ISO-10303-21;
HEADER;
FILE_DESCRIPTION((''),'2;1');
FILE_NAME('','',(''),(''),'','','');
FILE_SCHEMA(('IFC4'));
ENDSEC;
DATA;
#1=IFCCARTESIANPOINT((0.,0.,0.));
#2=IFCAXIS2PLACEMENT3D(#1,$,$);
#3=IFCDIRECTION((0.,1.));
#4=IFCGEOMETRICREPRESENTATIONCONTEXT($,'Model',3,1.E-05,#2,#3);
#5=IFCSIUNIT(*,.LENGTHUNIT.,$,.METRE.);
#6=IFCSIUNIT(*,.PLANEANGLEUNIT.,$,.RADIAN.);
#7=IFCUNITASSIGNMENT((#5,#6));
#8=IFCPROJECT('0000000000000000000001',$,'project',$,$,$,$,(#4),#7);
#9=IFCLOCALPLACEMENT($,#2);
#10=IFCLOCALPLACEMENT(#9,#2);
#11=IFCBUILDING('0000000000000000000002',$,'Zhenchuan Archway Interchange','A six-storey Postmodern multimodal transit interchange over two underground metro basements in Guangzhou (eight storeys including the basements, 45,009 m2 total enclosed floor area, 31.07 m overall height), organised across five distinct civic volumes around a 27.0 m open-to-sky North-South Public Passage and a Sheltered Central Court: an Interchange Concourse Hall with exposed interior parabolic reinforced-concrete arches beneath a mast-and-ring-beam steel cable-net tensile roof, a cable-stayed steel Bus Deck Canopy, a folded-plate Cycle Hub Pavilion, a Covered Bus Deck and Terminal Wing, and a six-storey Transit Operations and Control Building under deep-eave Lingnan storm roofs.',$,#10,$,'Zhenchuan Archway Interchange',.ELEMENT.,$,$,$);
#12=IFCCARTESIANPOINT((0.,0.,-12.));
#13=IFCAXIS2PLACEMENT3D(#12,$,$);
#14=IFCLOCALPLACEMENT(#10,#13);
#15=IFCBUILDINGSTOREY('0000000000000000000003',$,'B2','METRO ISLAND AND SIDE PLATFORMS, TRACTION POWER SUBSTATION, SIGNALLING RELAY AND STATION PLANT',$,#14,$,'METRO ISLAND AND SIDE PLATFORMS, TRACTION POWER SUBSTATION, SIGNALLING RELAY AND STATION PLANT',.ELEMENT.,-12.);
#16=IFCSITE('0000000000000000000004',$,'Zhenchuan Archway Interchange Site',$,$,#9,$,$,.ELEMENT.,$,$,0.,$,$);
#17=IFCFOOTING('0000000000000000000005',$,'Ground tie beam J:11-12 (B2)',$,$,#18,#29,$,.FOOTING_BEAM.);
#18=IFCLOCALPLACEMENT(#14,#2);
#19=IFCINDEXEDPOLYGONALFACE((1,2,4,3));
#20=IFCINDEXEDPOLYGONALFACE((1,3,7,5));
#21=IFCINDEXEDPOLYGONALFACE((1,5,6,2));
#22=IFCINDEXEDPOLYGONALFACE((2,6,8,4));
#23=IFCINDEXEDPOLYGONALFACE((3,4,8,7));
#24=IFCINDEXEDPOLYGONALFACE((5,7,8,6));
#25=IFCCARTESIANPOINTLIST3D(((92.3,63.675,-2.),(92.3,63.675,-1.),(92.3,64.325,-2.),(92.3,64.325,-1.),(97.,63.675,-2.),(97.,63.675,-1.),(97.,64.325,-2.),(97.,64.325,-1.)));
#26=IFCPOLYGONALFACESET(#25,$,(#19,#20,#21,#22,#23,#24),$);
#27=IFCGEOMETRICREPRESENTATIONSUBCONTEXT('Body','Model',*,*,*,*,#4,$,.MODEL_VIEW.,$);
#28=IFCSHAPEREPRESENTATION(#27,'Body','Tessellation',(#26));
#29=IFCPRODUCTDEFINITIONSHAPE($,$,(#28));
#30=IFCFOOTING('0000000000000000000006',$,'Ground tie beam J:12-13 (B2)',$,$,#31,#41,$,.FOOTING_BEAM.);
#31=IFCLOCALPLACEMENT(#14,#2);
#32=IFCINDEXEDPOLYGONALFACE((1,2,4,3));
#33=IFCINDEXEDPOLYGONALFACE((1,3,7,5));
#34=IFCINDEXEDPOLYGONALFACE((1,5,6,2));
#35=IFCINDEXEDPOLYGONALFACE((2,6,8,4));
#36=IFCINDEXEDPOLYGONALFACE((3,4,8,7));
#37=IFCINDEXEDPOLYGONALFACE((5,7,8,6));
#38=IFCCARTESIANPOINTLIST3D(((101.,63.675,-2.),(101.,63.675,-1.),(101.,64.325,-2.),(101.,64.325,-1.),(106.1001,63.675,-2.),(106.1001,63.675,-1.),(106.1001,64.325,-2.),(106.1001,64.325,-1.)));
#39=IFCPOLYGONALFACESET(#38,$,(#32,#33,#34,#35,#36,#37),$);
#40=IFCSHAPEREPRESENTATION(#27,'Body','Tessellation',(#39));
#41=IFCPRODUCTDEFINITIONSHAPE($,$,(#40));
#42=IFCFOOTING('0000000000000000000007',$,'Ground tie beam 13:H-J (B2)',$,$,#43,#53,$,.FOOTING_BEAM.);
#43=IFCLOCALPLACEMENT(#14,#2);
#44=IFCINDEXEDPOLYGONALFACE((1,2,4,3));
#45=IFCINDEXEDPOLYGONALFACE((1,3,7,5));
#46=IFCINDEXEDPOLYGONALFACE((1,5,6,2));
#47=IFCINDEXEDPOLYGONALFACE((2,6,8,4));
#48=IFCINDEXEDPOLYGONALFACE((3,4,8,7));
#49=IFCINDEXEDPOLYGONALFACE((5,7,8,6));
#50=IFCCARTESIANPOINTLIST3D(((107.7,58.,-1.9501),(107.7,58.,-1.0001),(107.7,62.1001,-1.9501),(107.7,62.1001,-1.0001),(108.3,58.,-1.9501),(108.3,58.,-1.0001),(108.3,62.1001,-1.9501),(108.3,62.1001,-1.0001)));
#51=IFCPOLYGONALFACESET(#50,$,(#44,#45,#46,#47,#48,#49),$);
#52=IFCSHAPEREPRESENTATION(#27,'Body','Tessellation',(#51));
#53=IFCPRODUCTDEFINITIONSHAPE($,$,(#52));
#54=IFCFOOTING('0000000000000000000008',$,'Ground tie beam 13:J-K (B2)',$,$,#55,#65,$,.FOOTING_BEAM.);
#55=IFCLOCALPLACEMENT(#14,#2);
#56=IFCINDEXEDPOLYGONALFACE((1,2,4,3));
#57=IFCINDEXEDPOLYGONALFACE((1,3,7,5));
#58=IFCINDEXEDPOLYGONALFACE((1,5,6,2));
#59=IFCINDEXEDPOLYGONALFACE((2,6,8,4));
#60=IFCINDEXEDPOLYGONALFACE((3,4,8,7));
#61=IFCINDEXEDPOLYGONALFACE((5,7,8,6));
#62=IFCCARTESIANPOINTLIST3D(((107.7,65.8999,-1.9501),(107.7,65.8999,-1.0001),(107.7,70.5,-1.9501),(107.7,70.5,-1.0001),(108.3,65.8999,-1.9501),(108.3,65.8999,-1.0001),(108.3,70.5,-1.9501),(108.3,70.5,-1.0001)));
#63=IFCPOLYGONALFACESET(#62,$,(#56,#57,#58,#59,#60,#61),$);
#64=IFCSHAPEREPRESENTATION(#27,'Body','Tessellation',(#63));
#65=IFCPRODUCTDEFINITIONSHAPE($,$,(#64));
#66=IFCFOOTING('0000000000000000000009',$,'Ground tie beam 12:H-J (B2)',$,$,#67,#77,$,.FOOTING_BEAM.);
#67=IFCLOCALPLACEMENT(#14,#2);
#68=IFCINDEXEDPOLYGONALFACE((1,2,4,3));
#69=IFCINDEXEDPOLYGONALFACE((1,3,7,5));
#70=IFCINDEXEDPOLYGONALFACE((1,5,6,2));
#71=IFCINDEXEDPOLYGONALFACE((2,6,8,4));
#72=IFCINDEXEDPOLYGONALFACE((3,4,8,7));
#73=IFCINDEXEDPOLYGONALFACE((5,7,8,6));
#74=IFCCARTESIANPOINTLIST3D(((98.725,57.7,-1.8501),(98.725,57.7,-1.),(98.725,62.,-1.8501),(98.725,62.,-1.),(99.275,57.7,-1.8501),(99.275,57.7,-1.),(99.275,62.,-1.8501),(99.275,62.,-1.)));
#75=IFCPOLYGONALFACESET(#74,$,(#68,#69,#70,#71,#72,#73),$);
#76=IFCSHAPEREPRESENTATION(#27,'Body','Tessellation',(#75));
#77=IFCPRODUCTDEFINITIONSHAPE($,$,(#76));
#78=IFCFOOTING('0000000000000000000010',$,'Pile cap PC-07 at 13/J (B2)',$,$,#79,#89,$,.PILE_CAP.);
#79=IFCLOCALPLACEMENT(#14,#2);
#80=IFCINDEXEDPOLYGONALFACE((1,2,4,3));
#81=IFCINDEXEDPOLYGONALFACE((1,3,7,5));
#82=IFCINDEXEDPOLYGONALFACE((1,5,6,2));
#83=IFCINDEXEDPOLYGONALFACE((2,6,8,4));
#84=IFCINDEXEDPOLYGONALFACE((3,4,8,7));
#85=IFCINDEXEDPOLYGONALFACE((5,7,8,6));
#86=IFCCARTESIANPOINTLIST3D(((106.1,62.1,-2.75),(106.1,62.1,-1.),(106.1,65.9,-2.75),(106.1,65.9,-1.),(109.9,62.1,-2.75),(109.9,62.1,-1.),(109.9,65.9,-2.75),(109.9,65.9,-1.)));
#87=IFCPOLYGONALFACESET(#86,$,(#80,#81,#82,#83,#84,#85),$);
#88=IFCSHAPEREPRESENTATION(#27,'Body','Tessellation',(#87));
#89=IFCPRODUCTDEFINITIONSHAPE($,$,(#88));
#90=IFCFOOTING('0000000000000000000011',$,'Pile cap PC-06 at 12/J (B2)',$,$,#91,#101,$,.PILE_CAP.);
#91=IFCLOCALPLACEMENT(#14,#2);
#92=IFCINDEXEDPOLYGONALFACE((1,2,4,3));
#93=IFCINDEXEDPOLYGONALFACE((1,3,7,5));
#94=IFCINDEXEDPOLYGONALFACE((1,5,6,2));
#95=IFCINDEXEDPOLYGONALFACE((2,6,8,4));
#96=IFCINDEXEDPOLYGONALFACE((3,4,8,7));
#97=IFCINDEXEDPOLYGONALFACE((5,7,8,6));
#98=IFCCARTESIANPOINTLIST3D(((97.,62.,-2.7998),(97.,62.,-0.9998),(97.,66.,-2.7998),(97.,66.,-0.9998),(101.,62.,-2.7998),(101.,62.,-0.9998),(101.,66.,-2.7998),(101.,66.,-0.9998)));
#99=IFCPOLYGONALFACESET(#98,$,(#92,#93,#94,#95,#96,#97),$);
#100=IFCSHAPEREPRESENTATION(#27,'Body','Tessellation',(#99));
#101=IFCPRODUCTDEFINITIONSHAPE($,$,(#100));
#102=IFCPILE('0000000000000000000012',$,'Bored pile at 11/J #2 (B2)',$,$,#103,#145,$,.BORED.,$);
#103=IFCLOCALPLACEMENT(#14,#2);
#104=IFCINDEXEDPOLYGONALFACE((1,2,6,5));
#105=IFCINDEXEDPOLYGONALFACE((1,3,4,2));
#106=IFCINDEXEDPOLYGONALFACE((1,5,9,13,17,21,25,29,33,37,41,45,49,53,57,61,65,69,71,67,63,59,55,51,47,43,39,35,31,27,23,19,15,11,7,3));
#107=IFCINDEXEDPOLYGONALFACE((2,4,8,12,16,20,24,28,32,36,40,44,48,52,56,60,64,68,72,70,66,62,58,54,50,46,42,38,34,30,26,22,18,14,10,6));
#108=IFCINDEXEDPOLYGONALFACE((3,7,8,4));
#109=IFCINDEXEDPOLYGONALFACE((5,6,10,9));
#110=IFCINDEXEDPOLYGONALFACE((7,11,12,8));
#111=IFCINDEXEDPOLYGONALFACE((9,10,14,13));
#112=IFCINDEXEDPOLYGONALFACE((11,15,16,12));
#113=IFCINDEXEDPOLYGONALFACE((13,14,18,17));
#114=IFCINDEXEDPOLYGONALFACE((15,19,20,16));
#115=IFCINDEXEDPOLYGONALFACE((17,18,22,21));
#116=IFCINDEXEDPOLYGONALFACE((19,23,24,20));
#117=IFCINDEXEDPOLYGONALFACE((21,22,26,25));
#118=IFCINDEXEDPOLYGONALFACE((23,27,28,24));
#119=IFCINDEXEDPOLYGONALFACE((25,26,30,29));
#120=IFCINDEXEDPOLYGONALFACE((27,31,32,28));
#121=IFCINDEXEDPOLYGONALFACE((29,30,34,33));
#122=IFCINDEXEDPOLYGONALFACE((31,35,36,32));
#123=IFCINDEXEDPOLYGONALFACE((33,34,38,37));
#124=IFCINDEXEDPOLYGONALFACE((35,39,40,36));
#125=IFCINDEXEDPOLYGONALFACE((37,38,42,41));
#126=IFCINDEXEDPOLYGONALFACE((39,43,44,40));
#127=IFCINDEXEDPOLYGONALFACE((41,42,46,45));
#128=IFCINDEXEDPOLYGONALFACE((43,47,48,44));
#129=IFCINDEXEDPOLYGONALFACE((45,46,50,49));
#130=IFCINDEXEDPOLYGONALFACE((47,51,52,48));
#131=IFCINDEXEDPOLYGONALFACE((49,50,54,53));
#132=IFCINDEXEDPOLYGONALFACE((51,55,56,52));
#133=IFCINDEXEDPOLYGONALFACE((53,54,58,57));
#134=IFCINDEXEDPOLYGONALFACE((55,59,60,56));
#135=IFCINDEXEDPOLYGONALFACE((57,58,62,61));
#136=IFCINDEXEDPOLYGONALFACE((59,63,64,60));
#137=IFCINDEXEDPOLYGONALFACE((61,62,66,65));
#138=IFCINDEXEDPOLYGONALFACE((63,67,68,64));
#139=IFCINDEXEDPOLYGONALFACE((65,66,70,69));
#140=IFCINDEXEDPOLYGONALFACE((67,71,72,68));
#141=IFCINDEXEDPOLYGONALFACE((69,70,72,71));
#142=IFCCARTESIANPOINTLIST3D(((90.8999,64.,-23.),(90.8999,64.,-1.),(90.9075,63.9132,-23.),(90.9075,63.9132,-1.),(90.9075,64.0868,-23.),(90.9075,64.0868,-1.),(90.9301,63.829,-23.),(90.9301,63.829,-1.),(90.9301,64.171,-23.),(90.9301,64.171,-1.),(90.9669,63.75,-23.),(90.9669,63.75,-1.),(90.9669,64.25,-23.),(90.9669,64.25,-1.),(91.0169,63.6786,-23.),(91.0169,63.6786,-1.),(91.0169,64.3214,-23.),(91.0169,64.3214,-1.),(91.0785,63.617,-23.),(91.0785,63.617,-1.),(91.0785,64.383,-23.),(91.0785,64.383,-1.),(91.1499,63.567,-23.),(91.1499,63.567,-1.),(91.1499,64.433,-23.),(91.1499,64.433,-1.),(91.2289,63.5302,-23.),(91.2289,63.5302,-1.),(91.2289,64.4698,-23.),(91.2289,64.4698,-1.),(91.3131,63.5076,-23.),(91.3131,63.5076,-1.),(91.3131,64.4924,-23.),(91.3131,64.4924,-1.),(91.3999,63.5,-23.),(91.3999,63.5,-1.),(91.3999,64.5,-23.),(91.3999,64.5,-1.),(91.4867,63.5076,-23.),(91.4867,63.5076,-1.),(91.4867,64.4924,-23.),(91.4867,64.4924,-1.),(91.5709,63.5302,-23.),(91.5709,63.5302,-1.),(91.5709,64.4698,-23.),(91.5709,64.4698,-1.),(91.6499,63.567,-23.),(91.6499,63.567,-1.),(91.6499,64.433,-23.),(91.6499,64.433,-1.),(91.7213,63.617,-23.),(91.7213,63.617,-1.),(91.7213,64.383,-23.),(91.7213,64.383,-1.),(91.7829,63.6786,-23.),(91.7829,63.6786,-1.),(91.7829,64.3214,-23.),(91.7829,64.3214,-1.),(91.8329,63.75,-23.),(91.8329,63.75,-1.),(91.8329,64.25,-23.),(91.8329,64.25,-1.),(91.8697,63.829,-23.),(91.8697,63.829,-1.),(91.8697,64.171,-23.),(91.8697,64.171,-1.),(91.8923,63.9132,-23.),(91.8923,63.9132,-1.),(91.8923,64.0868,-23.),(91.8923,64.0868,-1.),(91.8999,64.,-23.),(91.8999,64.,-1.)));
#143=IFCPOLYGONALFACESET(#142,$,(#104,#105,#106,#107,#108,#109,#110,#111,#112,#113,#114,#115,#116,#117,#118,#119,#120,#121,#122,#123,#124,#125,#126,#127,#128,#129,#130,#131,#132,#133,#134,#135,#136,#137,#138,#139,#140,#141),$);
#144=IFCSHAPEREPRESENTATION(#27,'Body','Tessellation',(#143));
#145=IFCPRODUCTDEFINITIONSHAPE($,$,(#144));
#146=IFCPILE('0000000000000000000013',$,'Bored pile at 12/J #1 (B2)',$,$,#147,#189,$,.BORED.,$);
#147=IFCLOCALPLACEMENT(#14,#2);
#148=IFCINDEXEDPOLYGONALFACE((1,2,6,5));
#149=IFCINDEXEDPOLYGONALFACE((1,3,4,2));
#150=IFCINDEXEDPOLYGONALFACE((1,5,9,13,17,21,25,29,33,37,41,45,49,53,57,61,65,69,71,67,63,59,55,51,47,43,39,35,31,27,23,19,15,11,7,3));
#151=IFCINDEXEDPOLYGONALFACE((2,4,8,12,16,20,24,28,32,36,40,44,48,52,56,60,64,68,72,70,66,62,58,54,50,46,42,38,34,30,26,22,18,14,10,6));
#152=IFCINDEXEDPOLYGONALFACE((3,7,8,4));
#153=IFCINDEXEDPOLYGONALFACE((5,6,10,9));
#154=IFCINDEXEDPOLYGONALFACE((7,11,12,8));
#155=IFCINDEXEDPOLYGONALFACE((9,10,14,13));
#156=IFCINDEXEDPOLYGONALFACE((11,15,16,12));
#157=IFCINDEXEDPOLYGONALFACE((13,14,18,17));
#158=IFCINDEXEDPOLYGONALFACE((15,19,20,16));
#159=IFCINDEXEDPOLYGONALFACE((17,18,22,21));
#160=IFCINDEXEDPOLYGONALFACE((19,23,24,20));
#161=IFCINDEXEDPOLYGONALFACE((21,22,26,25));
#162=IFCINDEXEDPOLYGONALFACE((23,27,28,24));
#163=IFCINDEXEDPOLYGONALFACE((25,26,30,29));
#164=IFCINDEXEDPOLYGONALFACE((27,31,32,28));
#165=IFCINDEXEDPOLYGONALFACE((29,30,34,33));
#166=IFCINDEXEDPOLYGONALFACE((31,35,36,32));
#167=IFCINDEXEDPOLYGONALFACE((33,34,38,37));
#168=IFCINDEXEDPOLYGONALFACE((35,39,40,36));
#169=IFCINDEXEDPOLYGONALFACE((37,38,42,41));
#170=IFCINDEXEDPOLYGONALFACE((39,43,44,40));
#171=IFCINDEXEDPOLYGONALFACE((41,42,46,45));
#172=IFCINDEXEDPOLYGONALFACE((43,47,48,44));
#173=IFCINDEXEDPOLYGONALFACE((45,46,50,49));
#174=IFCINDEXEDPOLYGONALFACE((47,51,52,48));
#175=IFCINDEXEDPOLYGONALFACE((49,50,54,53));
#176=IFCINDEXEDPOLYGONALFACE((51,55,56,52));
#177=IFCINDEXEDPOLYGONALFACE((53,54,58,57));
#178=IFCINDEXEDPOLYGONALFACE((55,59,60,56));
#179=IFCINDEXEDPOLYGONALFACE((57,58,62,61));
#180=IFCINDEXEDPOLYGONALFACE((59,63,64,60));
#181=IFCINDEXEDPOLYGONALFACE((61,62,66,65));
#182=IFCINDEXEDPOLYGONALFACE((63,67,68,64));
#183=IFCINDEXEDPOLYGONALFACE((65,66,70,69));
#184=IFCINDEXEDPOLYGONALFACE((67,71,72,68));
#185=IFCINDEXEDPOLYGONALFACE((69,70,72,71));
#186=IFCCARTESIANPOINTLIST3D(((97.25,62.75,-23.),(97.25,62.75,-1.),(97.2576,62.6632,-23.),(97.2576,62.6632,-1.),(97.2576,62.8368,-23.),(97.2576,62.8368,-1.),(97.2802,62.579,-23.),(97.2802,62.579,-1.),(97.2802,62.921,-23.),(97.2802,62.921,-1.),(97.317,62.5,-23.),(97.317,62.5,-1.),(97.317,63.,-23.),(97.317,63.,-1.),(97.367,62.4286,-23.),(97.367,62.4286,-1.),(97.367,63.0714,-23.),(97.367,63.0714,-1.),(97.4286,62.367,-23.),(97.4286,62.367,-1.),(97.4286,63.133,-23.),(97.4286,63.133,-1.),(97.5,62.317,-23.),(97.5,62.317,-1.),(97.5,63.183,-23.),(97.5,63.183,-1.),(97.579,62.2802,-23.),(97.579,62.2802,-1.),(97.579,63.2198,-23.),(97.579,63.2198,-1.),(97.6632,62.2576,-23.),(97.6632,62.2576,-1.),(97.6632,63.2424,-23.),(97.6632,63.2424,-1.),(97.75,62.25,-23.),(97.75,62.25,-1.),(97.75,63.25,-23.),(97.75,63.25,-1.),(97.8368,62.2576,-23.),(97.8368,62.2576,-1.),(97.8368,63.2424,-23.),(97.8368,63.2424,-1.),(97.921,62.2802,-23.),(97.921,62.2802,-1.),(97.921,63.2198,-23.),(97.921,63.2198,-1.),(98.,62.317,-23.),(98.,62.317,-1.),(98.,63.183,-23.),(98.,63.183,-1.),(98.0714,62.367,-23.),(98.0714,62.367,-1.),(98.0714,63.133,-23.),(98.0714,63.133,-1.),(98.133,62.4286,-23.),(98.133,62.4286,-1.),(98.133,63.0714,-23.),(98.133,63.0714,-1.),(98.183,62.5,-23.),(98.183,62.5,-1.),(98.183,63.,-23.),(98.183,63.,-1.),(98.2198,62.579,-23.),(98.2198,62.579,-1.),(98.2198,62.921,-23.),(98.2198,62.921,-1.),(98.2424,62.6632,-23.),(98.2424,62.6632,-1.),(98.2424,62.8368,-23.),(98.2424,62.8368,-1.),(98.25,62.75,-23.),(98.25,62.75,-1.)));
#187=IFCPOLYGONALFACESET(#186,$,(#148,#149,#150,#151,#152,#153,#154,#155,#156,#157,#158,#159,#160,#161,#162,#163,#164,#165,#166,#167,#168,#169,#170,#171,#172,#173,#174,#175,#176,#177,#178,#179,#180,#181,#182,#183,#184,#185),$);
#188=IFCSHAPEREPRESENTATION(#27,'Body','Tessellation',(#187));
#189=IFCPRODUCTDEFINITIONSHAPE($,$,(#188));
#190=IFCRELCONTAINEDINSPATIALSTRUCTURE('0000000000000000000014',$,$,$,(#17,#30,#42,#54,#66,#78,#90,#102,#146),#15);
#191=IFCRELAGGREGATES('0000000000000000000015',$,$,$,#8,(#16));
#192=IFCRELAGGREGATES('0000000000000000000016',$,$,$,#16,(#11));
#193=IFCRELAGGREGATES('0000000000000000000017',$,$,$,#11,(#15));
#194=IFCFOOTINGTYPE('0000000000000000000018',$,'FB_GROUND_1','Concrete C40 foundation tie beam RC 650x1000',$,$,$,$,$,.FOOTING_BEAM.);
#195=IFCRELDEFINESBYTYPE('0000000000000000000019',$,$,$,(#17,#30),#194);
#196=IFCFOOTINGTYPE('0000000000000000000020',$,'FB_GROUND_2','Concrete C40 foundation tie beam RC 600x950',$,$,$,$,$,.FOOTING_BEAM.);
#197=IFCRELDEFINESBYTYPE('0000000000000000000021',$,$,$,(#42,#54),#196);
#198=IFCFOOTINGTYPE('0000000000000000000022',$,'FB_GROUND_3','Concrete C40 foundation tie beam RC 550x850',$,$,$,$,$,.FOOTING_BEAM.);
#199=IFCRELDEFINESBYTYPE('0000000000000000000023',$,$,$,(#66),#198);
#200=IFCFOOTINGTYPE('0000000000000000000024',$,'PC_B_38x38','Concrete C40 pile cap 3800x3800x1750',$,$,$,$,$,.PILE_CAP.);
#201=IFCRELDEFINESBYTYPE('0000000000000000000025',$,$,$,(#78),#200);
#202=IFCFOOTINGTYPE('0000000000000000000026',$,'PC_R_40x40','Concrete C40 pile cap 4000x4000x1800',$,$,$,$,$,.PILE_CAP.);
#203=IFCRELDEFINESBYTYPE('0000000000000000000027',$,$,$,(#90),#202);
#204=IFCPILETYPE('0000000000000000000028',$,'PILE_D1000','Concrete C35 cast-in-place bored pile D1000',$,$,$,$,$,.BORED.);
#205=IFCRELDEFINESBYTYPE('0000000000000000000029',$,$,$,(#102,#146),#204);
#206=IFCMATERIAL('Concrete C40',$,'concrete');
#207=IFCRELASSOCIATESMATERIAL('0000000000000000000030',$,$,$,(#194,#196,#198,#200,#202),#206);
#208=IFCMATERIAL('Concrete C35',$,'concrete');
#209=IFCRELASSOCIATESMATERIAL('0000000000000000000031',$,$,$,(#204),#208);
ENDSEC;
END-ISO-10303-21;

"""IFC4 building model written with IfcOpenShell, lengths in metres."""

from ifc_helpers import new_model, si_unit, direction, frame, origin, origin_2d, place, context, subcontext, project, spatial, rectangle, circle, extrude, material, material_profile, profile_set, type_object, element, save


model = new_model("IFC4")

# Units and contexts
model_context = context("Model", 3, precision=1e-05, world=origin(), true_north=direction((0.0, 1.0)))
body_context = subcontext(model_context, "Body", "Model", "MODEL_VIEW")
ifc_project = project(units=[si_unit("LENGTHUNIT", "METRE"), si_unit("PLANEANGLEUNIT", "RADIAN")], contexts=[model_context])

# Site, building, storey
site_placement = place(None, origin())
site = spatial("IfcSite", under=ifc_project, at=site_placement, Name="Zhenchuan Archway Interchange Site", CompositionType="ELEMENT", RefElevation=0.0)
building_placement = place(site_placement, origin())
building = spatial("IfcBuilding", under=site, at=building_placement, Name="Zhenchuan Archway Interchange", Description="A six-storey Postmodern multimodal transit interchange over two underground metro basements in Guangzhou (eight storeys including the basements, 45,009 m2 total enclosed floor area, 31.07 m overall height), organised across five distinct civic volumes around a 27.0 m open-to-sky North-South Public Passage and a Sheltered Central Court: an Interchange Concourse Hall with exposed interior parabolic reinforced-concrete arches beneath a mast-and-ring-beam steel cable-net tensile roof, a cable-stayed steel Bus Deck Canopy, a folded-plate Cycle Hub Pavilion, a Covered Bus Deck and Terminal Wing, and a six-storey Transit Operations and Control Building under deep-eave Lingnan storm roofs.", LongName="Zhenchuan Archway Interchange", CompositionType="ELEMENT")
storey_placement = place(building_placement, frame((0.0, 0.0, -12.0)))
storey = spatial("IfcBuildingStorey", under=building, at=storey_placement, Name="B2", Description="METRO ISLAND AND SIDE PLATFORMS, TRACTION POWER SUBSTATION, SIGNALLING RELAY AND STATION PLANT", LongName="METRO ISLAND AND SIDE PLATFORMS, TRACTION POWER SUBSTATION, SIGNALLING RELAY AND STATION PLANT", CompositionType="ELEMENT", Elevation=-12.0)

# Footings
ifc_material_1 = material(Name="Concrete C40", Category="concrete")
ifc_material_profile_1 = material_profile(ifc_material_1, rectangle(XDim=0.6499, YDim=1.0, at=origin_2d()), Name="RC 650x1000")
ifc_profile_set_1 = profile_set([ifc_material_profile_1], Name="Concrete C40")
footing_type_1 = type_object("IfcFootingType", Name="FB_GROUND_1", Description="Concrete C40 foundation tie beam RC 650x1000", PredefinedType="FOOTING_BEAM", material=ifc_profile_set_1)
footing_1_placement = place(storey_placement, frame((92.3, 64.0, -1.5), z_axis=(1.0, 0.0, 0.0), x_axis=(0.0, 1.0, 0.0)))
element("IfcFooting", 1, at=footing_1_placement, inside=storey, type_object=footing_type_1, Name="Ground tie beam J:11-12 (B2)", PredefinedType="FOOTING_BEAM", context=body_context, shape_type="SweptSolid", body=[
    extrude(rectangle(XDim=0.6499, YDim=1.0, at=origin_2d()), origin(), (0.0, 0.0, 1.0), 4.7),
])
footing_2_placement = place(storey_placement, frame((101.0, 64.0, -1.5), z_axis=(1.0, 0.0, 0.0), x_axis=(0.0, 1.0, 0.0)))
element("IfcFooting", 2, at=footing_2_placement, inside=storey, type_object=footing_type_1, Name="Ground tie beam J:12-13 (B2)", PredefinedType="FOOTING_BEAM", context=body_context, shape_type="SweptSolid", body=[
    extrude(rectangle(XDim=0.6499, YDim=1.0, at=origin_2d()), origin(), (0.0, 0.0, 1.0), 5.1001),
])
ifc_material_profile_2 = material_profile(ifc_material_1, rectangle(XDim=0.6001, YDim=0.95, at=origin_2d()), Name="RC 600x950")
ifc_profile_set_2 = profile_set([ifc_material_profile_2], Name="Concrete C40")
footing_type_2 = type_object("IfcFootingType", Name="FB_GROUND_2", Description="Concrete C40 foundation tie beam RC 600x950", PredefinedType="FOOTING_BEAM", material=ifc_profile_set_2)
footing_3_placement = place(storey_placement, frame((108.0, 58.0, -1.4751), z_axis=(0.0, 1.0, 0.0), x_axis=(-1.0, 0.0, 0.0)))
element("IfcFooting", 3, at=footing_3_placement, inside=storey, type_object=footing_type_2, Name="Ground tie beam 13:H-J (B2)", PredefinedType="FOOTING_BEAM", context=body_context, shape_type="SweptSolid", body=[
    extrude(rectangle(XDim=0.6001, YDim=0.95, at=origin_2d()), origin(), (0.0, 0.0, 1.0), 4.1001),
])
footing_4_placement = place(storey_placement, frame((108.0, 65.8999, -1.4751), z_axis=(0.0, 1.0, 0.0), x_axis=(-1.0, 0.0, 0.0)))
element("IfcFooting", 4, at=footing_4_placement, inside=storey, type_object=footing_type_2, Name="Ground tie beam 13:J-K (B2)", PredefinedType="FOOTING_BEAM", context=body_context, shape_type="SweptSolid", body=[
    extrude(rectangle(XDim=0.6001, YDim=0.95, at=origin_2d()), origin(), (0.0, 0.0, 1.0), 4.6001),
])
ifc_material_profile_3 = material_profile(ifc_material_1, rectangle(XDim=0.55, YDim=0.8501, at=origin_2d()), Name="RC 550x850")
ifc_profile_set_3 = profile_set([ifc_material_profile_3], Name="Concrete C40")
footing_type_3 = type_object("IfcFootingType", Name="FB_GROUND_3", Description="Concrete C40 foundation tie beam RC 550x850", PredefinedType="FOOTING_BEAM", material=ifc_profile_set_3)
footing_5_placement = place(storey_placement, frame((99.0, 57.7, -1.425), z_axis=(0.0, 1.0, 0.0), x_axis=(-1.0, 0.0, 0.0)))
element("IfcFooting", 5, at=footing_5_placement, inside=storey, type_object=footing_type_3, Name="Ground tie beam 12:H-J (B2)", PredefinedType="FOOTING_BEAM", context=body_context, shape_type="SweptSolid", body=[
    extrude(rectangle(XDim=0.55, YDim=0.8501, at=origin_2d()), origin(), (0.0, 0.0, 1.0), 4.3),
])
footing_type_4 = type_object("IfcFootingType", Name="PC_B_38x38", Description="Concrete C40 pile cap 3800x3800x1750", PredefinedType="PILE_CAP", material=ifc_material_1)
footing_6_placement = place(storey_placement, frame((108.0, 64.0, -2.75), z_axis=(0.0, 0.0, 1.0), x_axis=(1.0, 0.0, 0.0)))
element("IfcFooting", 6, at=footing_6_placement, inside=storey, type_object=footing_type_4, Name="Pile cap PC-07 at 13/J (B2)", PredefinedType="PILE_CAP", context=body_context, shape_type="SweptSolid", body=[
    extrude(rectangle(XDim=3.8, YDim=3.8, at=origin_2d()), origin(), (0.0, 0.0, 1.0), 1.75),
])
footing_type_5 = type_object("IfcFootingType", Name="PC_R_40x40", Description="Concrete C40 pile cap 4000x4000x1800", PredefinedType="PILE_CAP", material=ifc_material_1)
footing_7_placement = place(storey_placement, frame((99.0, 64.0, -2.7998), z_axis=(0.0, 0.0, 1.0), x_axis=(1.0, 0.0, 0.0)))
element("IfcFooting", 7, at=footing_7_placement, inside=storey, type_object=footing_type_5, Name="Pile cap PC-06 at 12/J (B2)", PredefinedType="PILE_CAP", context=body_context, shape_type="SweptSolid", body=[
    extrude(rectangle(XDim=4.0, YDim=4.0, at=origin_2d()), origin(), (0.0, 0.0, 1.0), 1.8),
])

# Piles
ifc_material_2 = material(Name="Concrete C35", Category="concrete")
ifc_material_profile_4 = material_profile(ifc_material_2, circle(Radius=0.5, at=origin_2d()), Name="BORED PILE 1000")
ifc_profile_set_4 = profile_set([ifc_material_profile_4], Name="Concrete C35")
pile_type_1 = type_object("IfcPileType", Name="PILE_D1000", Description="Concrete C35 cast-in-place bored pile D1000", PredefinedType="BORED", material=ifc_profile_set_4)
for number, where, z_axis, x_axis, name in (
    (8, (91.3999, 64.0, -1.0), (0.0, 0.0, -1.0), (1.0, 0.0, 0.0), "Bored pile at 11/J #2 (B2)"),
    (9, (97.75, 62.75, -1.0), (0.0, 0.0, -1.0), (1.0, 0.0, 0.0), "Bored pile at 12/J #1 (B2)"),
):
    element("IfcPile", number, at=place(storey_placement, frame(where, z_axis=z_axis, x_axis=x_axis)), inside=storey, type_object=pile_type_1, Name=name, PredefinedType="BORED", context=body_context, shape_type="SweptSolid", body=[
        extrude(circle(Radius=0.5, at=origin_2d()), origin(), (0.0, 0.0, 1.0), 22.0),
    ])

save(model, "model.ifc")
